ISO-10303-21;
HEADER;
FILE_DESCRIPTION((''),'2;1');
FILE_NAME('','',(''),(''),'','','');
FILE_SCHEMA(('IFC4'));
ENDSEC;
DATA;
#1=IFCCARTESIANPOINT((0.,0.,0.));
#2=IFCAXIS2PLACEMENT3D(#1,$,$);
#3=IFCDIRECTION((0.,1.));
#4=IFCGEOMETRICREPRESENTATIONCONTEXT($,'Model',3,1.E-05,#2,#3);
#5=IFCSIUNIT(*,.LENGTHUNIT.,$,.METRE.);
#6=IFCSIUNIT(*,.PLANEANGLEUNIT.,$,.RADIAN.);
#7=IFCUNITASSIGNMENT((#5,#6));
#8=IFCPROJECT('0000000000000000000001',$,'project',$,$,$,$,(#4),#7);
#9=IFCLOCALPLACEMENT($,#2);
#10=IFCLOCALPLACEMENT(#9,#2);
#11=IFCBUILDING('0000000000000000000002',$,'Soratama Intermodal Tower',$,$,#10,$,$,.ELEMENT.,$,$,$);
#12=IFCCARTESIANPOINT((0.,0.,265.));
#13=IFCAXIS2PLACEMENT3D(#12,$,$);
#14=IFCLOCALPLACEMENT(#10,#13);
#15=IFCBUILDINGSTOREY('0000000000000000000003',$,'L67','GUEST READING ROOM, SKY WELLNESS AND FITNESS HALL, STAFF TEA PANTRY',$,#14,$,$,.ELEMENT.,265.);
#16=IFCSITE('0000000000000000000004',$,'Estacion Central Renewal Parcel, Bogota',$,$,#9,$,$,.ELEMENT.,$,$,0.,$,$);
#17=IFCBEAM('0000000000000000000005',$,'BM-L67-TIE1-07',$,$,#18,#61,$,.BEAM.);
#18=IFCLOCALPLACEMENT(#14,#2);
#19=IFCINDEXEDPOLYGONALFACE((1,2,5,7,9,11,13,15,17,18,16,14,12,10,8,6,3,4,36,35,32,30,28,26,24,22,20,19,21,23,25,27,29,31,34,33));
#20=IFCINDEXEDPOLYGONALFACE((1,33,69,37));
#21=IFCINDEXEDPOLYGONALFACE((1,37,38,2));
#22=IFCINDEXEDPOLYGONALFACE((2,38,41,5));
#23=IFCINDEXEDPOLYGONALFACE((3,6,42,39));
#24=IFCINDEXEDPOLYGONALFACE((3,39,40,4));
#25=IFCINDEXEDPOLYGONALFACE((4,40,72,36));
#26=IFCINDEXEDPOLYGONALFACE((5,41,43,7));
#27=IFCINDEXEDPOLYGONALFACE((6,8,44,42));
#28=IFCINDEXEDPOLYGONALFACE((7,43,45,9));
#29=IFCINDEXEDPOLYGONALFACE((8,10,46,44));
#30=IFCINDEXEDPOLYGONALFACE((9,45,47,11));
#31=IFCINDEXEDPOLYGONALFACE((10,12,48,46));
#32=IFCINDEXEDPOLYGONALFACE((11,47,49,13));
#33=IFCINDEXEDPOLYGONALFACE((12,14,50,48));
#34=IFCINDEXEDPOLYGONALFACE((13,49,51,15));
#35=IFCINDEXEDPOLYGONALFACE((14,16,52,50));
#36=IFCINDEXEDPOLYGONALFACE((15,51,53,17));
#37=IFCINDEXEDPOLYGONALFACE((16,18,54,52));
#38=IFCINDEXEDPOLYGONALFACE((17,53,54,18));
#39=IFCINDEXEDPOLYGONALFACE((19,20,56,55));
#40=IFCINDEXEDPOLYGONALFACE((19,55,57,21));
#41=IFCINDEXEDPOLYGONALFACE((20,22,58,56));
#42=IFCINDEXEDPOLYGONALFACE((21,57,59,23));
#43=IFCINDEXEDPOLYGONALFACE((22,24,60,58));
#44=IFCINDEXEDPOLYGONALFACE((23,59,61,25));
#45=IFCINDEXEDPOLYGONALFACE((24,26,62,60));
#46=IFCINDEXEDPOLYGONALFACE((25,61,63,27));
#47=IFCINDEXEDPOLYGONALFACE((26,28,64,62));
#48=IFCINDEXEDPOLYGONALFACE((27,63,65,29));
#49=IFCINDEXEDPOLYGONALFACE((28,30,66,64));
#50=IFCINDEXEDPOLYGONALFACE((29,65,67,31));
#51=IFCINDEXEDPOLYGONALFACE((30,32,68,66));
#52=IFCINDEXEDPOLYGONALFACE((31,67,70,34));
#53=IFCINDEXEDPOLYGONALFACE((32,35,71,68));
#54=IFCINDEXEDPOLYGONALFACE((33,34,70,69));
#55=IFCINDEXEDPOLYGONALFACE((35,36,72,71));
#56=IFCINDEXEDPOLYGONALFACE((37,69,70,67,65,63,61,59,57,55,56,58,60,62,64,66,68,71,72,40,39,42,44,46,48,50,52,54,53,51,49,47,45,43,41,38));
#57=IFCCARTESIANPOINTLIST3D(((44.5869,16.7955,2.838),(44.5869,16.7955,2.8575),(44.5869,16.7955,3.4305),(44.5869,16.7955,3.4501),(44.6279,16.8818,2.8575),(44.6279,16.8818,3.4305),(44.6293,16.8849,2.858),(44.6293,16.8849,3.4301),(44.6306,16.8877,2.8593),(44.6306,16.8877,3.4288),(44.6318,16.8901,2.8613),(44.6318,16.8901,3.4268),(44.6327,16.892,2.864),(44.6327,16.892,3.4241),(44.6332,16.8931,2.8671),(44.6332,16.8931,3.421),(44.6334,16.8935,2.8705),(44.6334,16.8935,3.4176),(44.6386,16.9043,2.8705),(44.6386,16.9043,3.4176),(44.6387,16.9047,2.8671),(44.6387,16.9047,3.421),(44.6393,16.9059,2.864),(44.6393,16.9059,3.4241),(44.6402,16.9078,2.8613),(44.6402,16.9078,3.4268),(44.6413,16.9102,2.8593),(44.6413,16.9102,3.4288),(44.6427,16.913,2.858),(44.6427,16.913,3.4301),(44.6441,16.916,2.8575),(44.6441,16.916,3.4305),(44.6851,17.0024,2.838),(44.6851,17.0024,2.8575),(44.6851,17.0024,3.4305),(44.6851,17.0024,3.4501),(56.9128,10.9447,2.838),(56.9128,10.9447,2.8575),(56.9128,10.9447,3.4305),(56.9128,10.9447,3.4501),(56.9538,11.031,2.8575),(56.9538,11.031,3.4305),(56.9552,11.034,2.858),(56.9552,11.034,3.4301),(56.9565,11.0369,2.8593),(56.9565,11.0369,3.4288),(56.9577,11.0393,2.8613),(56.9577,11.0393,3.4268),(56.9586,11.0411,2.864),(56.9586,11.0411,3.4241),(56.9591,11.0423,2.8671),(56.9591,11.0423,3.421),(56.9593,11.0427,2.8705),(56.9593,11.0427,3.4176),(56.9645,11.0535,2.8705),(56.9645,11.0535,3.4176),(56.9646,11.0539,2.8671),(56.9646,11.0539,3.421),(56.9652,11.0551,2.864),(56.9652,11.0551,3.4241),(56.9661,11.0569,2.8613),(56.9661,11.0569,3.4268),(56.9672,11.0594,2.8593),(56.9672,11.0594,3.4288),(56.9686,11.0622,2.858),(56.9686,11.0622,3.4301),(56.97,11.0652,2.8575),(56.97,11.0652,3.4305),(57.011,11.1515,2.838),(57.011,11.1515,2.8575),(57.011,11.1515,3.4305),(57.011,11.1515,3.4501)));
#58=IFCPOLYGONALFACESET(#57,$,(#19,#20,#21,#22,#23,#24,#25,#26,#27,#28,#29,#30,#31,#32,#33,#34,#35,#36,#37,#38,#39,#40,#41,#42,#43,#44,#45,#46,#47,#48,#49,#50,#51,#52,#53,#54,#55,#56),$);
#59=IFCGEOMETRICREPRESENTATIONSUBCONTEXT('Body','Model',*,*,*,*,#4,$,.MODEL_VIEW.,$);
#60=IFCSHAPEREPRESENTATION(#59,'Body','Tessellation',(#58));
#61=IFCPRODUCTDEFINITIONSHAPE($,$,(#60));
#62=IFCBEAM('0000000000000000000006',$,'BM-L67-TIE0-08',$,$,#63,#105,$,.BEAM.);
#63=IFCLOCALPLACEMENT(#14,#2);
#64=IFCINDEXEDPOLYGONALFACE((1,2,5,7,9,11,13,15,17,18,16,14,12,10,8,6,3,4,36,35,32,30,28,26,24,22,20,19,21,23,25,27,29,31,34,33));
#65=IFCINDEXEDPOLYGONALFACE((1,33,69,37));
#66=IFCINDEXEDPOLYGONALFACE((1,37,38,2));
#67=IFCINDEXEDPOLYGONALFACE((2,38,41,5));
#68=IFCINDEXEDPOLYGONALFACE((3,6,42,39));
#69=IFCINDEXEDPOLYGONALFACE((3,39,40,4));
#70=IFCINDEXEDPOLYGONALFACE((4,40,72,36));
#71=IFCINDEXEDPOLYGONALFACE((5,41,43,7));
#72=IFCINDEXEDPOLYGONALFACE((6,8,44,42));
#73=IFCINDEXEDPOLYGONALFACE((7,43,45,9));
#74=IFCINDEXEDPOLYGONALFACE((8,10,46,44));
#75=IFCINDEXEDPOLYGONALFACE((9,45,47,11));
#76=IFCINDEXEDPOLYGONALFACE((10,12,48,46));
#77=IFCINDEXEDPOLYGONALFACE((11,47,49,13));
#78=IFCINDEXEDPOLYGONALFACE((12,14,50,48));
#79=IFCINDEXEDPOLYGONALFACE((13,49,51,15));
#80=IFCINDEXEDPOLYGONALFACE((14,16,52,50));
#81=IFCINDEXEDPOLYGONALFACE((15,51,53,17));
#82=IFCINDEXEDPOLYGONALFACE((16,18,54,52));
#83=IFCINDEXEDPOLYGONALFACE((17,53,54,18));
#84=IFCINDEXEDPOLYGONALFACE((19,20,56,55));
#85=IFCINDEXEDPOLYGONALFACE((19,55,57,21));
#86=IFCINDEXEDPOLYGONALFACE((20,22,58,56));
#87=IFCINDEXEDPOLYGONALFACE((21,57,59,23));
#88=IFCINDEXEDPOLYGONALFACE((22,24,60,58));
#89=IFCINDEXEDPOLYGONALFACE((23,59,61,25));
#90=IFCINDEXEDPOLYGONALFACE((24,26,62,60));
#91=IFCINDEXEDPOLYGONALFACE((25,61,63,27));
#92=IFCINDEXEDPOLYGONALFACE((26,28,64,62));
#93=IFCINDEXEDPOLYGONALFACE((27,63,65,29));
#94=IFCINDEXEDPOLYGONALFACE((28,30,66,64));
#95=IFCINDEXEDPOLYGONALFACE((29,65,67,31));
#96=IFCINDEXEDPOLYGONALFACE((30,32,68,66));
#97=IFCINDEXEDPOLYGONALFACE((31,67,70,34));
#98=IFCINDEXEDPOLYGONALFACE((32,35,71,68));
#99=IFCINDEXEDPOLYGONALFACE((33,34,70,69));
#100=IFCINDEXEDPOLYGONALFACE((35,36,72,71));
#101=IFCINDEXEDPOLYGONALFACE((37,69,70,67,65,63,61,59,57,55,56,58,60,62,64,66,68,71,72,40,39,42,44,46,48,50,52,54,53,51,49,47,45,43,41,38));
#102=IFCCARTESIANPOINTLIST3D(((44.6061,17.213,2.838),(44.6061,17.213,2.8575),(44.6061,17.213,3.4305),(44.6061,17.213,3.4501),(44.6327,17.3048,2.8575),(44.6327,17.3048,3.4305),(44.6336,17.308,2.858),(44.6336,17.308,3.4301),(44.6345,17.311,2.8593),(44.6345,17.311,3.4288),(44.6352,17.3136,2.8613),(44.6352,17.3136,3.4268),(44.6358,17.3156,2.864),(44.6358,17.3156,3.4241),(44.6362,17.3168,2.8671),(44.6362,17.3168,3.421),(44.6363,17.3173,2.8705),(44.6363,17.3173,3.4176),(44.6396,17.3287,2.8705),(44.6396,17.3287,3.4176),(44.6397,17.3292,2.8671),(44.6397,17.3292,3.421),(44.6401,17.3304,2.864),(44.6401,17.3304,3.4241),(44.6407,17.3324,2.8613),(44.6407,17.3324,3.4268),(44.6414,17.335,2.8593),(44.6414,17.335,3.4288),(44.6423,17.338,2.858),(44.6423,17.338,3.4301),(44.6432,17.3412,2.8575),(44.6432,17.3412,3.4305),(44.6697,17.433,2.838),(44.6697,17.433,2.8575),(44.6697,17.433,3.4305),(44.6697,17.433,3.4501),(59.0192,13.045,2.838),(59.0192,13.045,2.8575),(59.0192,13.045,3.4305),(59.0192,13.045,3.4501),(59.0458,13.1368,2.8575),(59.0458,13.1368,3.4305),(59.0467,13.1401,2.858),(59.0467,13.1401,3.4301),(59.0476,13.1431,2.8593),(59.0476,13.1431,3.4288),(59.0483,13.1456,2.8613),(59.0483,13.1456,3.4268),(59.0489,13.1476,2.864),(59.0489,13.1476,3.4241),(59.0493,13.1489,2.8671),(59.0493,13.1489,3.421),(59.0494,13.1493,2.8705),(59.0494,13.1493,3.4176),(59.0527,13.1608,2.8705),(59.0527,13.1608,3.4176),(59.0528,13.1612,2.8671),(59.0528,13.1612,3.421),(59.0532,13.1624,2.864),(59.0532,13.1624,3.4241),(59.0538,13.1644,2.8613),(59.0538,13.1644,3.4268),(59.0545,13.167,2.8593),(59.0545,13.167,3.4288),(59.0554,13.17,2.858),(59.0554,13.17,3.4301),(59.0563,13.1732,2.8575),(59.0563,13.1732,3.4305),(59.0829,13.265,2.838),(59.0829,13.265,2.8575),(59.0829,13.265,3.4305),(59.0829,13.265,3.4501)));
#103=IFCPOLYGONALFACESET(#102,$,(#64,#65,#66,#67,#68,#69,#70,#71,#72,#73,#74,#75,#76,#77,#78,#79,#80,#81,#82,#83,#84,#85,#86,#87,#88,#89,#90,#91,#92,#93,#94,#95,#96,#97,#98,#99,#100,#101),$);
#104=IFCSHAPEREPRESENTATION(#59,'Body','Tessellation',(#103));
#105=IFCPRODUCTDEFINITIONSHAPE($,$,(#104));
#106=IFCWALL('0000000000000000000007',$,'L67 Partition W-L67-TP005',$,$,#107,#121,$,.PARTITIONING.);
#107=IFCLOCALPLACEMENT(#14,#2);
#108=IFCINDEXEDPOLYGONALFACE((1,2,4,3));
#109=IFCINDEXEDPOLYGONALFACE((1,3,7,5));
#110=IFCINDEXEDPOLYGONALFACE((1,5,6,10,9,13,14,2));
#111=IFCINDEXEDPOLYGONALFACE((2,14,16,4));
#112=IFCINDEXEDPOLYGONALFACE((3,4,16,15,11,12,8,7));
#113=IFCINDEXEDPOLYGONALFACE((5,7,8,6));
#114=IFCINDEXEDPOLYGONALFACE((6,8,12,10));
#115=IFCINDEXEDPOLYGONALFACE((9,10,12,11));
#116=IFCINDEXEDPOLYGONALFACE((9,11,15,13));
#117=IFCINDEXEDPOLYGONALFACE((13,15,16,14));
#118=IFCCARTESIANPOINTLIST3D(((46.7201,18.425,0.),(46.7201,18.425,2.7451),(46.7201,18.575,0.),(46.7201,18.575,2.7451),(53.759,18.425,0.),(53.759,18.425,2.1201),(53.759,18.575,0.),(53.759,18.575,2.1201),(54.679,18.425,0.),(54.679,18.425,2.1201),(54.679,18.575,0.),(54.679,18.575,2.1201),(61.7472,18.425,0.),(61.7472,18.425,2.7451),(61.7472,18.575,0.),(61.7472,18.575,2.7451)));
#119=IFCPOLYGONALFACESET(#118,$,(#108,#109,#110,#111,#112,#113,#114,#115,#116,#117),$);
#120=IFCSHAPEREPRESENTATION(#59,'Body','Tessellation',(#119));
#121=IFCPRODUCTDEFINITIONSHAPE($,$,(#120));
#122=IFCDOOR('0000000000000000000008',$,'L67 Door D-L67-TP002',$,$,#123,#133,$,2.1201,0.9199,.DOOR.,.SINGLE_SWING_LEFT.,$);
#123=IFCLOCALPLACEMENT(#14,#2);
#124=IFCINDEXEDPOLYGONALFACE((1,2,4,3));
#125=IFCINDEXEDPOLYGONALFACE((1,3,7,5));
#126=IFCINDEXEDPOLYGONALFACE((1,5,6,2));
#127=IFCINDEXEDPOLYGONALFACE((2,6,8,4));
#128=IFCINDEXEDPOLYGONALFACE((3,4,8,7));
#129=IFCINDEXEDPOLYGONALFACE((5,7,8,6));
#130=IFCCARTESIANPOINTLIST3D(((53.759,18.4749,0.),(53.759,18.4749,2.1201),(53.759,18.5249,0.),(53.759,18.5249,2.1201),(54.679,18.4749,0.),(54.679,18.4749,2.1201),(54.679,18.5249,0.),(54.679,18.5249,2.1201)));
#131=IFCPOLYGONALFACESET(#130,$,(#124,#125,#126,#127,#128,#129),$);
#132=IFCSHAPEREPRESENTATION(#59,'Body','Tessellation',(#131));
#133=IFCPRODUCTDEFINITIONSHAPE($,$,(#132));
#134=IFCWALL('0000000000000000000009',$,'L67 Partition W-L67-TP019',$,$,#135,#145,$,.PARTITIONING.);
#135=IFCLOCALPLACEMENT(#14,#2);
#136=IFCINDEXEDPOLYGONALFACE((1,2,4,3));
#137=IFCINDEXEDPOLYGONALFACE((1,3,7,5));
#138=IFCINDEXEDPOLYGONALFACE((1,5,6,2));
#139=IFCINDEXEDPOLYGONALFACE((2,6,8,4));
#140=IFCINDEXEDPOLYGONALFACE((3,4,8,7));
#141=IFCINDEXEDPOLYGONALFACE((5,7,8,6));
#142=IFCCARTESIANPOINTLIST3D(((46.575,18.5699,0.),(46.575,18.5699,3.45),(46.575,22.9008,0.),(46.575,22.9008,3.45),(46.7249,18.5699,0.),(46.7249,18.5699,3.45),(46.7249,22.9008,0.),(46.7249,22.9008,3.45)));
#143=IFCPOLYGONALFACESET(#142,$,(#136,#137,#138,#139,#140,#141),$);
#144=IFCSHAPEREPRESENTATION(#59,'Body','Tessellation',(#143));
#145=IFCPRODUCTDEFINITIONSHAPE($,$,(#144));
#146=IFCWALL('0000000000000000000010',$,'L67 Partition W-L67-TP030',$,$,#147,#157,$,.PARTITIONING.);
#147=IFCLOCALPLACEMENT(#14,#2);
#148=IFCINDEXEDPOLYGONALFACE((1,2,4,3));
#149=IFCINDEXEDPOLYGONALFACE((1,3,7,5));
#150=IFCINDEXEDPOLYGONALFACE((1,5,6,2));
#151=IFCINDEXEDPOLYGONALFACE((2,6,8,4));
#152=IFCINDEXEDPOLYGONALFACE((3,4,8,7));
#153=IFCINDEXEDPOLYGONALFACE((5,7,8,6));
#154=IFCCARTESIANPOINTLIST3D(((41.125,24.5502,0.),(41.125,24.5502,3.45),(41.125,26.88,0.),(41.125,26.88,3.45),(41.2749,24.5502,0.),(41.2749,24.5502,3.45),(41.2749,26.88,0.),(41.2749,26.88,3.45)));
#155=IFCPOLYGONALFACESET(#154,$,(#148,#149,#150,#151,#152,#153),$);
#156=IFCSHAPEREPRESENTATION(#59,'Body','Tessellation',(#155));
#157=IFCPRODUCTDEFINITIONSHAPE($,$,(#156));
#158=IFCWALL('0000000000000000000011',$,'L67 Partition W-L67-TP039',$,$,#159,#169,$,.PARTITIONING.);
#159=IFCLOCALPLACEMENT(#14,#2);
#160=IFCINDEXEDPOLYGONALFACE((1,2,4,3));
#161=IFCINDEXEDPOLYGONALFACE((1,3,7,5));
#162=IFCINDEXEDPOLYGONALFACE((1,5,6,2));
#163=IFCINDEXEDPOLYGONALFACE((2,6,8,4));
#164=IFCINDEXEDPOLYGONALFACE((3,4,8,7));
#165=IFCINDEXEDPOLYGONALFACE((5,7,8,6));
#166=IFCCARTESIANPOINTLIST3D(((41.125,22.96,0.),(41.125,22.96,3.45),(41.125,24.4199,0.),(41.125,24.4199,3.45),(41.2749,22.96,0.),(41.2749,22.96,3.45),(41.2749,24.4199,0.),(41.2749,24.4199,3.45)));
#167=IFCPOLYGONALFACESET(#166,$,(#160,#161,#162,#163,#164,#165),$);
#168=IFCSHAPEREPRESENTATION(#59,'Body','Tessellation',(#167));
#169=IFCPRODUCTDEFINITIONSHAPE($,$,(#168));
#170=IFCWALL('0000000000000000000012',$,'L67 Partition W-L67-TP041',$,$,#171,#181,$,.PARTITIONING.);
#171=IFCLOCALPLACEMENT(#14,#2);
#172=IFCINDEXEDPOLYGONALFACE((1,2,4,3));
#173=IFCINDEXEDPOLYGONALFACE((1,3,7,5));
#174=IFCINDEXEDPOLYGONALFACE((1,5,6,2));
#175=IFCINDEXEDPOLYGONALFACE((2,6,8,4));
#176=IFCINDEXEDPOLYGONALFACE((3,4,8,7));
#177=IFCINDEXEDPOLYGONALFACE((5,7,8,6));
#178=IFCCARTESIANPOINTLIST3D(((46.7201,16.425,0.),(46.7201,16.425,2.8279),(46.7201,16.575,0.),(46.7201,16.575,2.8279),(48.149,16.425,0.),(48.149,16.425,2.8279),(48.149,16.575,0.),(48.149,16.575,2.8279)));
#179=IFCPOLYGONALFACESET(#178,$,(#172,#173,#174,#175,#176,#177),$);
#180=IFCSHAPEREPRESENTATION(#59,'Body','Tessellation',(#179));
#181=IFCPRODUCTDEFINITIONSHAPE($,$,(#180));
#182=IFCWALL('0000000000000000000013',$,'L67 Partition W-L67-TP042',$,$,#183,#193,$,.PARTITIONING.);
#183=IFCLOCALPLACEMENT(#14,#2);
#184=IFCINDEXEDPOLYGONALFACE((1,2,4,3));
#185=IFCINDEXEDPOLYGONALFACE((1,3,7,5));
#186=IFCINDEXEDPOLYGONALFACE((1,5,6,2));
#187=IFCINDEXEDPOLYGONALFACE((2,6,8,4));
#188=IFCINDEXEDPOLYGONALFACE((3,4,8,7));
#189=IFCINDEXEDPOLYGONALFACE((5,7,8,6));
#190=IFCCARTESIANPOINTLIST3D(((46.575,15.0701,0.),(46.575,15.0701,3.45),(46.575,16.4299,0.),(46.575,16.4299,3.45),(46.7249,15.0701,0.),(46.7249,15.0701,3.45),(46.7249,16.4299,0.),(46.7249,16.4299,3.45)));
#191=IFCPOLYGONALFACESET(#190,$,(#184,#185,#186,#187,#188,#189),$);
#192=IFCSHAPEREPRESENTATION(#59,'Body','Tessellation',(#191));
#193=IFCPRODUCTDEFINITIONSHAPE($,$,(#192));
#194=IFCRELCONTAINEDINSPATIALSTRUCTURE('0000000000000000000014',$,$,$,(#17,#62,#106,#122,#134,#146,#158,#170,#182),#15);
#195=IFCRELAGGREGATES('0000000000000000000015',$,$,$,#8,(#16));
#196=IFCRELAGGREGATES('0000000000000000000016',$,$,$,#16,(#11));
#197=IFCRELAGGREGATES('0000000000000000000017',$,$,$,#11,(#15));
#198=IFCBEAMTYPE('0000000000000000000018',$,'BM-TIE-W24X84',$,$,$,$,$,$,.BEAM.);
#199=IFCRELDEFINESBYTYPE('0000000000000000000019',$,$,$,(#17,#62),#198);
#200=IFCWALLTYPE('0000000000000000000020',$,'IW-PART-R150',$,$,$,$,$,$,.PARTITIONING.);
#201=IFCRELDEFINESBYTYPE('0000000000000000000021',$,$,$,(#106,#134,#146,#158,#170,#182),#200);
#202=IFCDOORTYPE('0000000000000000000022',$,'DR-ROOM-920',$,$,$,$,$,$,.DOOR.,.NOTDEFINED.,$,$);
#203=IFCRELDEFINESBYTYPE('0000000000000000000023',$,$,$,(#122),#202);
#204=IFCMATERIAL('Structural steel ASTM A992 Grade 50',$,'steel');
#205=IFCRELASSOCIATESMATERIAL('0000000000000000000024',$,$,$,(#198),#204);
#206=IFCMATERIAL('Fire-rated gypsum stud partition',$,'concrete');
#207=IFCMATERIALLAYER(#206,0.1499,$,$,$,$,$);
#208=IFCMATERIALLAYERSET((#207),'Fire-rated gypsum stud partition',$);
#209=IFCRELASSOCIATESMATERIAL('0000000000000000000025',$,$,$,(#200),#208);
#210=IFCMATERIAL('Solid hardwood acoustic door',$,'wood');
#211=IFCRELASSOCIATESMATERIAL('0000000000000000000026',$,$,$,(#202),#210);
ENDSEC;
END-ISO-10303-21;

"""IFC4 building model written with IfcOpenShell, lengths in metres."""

from ifc_helpers import new_model, si_unit, direction, frame, frame_2d, origin, origin_2d, place, context, subcontext, project, spatial, rectangle, i_section, extrude, material, layer, layer_set, material_profile, profile_set, type_object, element, fill, save


model = new_model("IFC4")

# Units and contexts
model_context = context("Model", 3, precision=1e-05, world=origin(), true_north=direction((0.0, 1.0)))
body_context = subcontext(model_context, "Body", "Model", "MODEL_VIEW")
ifc_project = project(units=[si_unit("LENGTHUNIT", "METRE"), si_unit("PLANEANGLEUNIT", "RADIAN")], contexts=[model_context])

# Site, building, storey
site_placement = place(None, origin())
site = spatial("IfcSite", under=ifc_project, at=site_placement, Name="Estacion Central Renewal Parcel, Bogota", CompositionType="ELEMENT", RefElevation=0.0)
building_placement = place(site_placement, origin())
building = spatial("IfcBuilding", under=site, at=building_placement, Name="Soratama Intermodal Tower", CompositionType="ELEMENT")
storey_placement = place(building_placement, frame((0.0, 0.0, 265.0)))
storey = spatial("IfcBuildingStorey", under=building, at=storey_placement, Name="L67", Description="GUEST READING ROOM, SKY WELLNESS AND FITNESS HALL, STAFF TEA PANTRY", CompositionType="ELEMENT", Elevation=265.0)

# Beams
ifc_material_1 = material(Name="Structural steel ASTM A992 Grade 50", Category="steel")
ifc_material_profile_1 = material_profile(ifc_material_1, i_section(OverallWidth=0.229, OverallDepth=0.6121, WebThickness=0.012, FlangeThickness=0.0195, FilletRadius=0.0129, at=origin_2d()), Name="W24X84")
ifc_profile_set_1 = profile_set([ifc_material_profile_1], Name="Structural steel ASTM A992 Grade 50")
beam_type_1 = type_object("IfcBeamType", Name="BM-TIE-W24X84", PredefinedType="BEAM", material=ifc_profile_set_1)
beam_1_placement = place(storey_placement, frame((44.636, 16.8989, 3.144), z_axis=(0.903391, -0.428818, 0.0), x_axis=(0.428818, 0.903391, 0.0)))
element("IfcBeam", 1, at=beam_1_placement, inside=storey, type_object=beam_type_1, Name="BM-L67-TIE1-07", PredefinedType="BEAM", context=body_context, shape_type="SweptSolid", body=[
    extrude(i_section(OverallWidth=0.229, OverallDepth=0.6121, WebThickness=0.012, FlangeThickness=0.0195, FilletRadius=0.0129, at=origin_2d()), origin(), (0.0, 0.0, 1.0), 13.644),
])
beam_2_placement = place(storey_placement, frame((44.6379, 17.323, 3.144), z_axis=(0.96064, -0.277797, 0.0), x_axis=(0.277797, 0.96064, 0.0)))
element("IfcBeam", 2, at=beam_2_placement, inside=storey, type_object=beam_type_1, Name="BM-L67-TIE0-08", PredefinedType="BEAM", context=body_context, shape_type="SweptSolid", body=[
    extrude(i_section(OverallWidth=0.229, OverallDepth=0.6121, WebThickness=0.012, FlangeThickness=0.0195, FilletRadius=0.0129, at=origin_2d()), origin(), (0.0, 0.0, 1.0), 15.0037),
])

# Wall, opening, door
ifc_material_2 = material(Name="Fire-rated gypsum stud partition", Category="concrete")
ifc_layer_1 = layer(ifc_material_2, 0.1499)
ifc_layer_set_1 = layer_set([ifc_layer_1], Name="Fire-rated gypsum stud partition")
wall_type_1 = type_object("IfcWallType", Name="IW-PART-R150", PredefinedType="PARTITIONING", material=ifc_layer_set_1)
wall_1_placement = place(storey_placement, frame((46.72, 18.5, 0.0), z_axis=(0.0, 0.0, 1.0), x_axis=(1.0, 0.0, 0.0)))
wall_1 = element("IfcWall", 3, at=wall_1_placement, inside=storey, type_object=wall_type_1, Name="L67 Partition W-L67-TP005", PredefinedType="PARTITIONING", context=body_context, shape_type="SweptSolid", body=[
    extrude(rectangle(XDim=15.0271, YDim=0.1499, at=frame_2d((7.5137, 0.0))), origin(), (0.0, 0.0, 1.0), 2.7451),
])
opening_1_placement = place(wall_1_placement, frame((7.0391, 0.0, 0.0)))
opening_1 = element("IfcOpeningElement", 4, at=opening_1_placement, cuts=wall_1, PredefinedType="OPENING", context=body_context, shape_type="SweptSolid", body=[
    extrude(rectangle(XDim=0.9199, YDim=2.1201, at=frame_2d((0.46, 1.0601))), frame((0.0, 0.085, 0.0), z_axis=(0.0, -1.0, 0.0), x_axis=(1.0, 0.0, 0.0)), (0.0, 0.0, 1.0), 0.1699),
])
ifc_material_3 = material(Name="Solid hardwood acoustic door", Category="wood")
door_type_1 = type_object("IfcDoorType", Name="DR-ROOM-920", OperationType="NOTDEFINED", PredefinedType="DOOR", material=ifc_material_3)
door_1_placement = place(opening_1_placement, origin())
door_1 = element("IfcDoor", 5, at=door_1_placement, inside=storey, type_object=door_type_1, Name="L67 Door D-L67-TP002", OperationType="SINGLE_SWING_LEFT", OverallHeight=2.1201, OverallWidth=0.9199, PredefinedType="DOOR", context=body_context, shape_type="SweptSolid", body=[
    extrude(rectangle(XDim=0.9199, YDim=2.1201, at=frame_2d((0.46, 1.0601))), frame((0.0, 0.0249, 0.0), z_axis=(0.0, -1.0, 0.0), x_axis=(1.0, 0.0, 0.0)), (0.0, 0.0, 1.0), 0.05),
])
fill(opening_1, door_1)

# Walls
wall_2_placement = place(storey_placement, frame((46.6499, 22.9009, 0.0), z_axis=(0.0, 0.0, 1.0), x_axis=(0.0, -1.0, 0.0)))
element("IfcWall", 6, at=wall_2_placement, inside=storey, type_object=wall_type_1, Name="L67 Partition W-L67-TP019", PredefinedType="PARTITIONING", context=body_context, shape_type="SweptSolid", body=[
    extrude(rectangle(XDim=4.3308, YDim=0.1499, at=frame_2d((2.1655, 0.0))), origin(), (0.0, 0.0, 1.0), 3.45),
])
wall_3_placement = place(storey_placement, frame((41.2, 24.55, 0.0), z_axis=(0.0, 0.0, 1.0), x_axis=(0.0, 1.0, 0.0)))
element("IfcWall", 7, at=wall_3_placement, inside=storey, type_object=wall_type_1, Name="L67 Partition W-L67-TP030", PredefinedType="PARTITIONING", context=body_context, shape_type="SweptSolid", body=[
    extrude(rectangle(XDim=2.3298, YDim=0.1499, at=frame_2d((1.165, 0.0))), origin(), (0.0, 0.0, 1.0), 3.45),
])

# Walls
wall_4_placement = place(storey_placement, frame((41.2, 22.96, 0.0), z_axis=(0.0, 0.0, 1.0), x_axis=(0.0, 1.0, 0.0)))
element("IfcWall", 8, at=wall_4_placement, inside=storey, type_object=wall_type_1, Name="L67 Partition W-L67-TP039", PredefinedType="PARTITIONING", context=body_context, shape_type="SweptSolid", body=[
    extrude(rectangle(XDim=1.46, YDim=0.1499, at=frame_2d((0.73, 0.0))), origin(), (0.0, 0.0, 1.0), 3.45),
])
wall_5_placement = place(storey_placement, frame((48.1489, 16.5, 0.0), z_axis=(0.0, 0.0, 1.0), x_axis=(-1.0, 0.0, 0.0)))
element("IfcWall", 9, at=wall_5_placement, inside=storey, type_object=wall_type_1, Name="L67 Partition W-L67-TP041", PredefinedType="PARTITIONING", context=body_context, shape_type="SweptSolid", body=[
    extrude(rectangle(XDim=1.429, YDim=0.1499, at=frame_2d((0.7144, 0.0))), origin(), (0.0, 0.0, 1.0), 2.8279),
])
wall_6_placement = place(storey_placement, frame((46.6499, 16.4299, 0.0), z_axis=(0.0, 0.0, 1.0), x_axis=(0.0, -1.0, 0.0)))
element("IfcWall", 10, at=wall_6_placement, inside=storey, type_object=wall_type_1, Name="L67 Partition W-L67-TP042", PredefinedType="PARTITIONING", context=body_context, shape_type="SweptSolid", body=[
    extrude(rectangle(XDim=1.3599, YDim=0.1499, at=frame_2d((0.6799, 0.0))), origin(), (0.0, 0.0, 1.0), 3.45),
])

save(model, "model.ifc")
